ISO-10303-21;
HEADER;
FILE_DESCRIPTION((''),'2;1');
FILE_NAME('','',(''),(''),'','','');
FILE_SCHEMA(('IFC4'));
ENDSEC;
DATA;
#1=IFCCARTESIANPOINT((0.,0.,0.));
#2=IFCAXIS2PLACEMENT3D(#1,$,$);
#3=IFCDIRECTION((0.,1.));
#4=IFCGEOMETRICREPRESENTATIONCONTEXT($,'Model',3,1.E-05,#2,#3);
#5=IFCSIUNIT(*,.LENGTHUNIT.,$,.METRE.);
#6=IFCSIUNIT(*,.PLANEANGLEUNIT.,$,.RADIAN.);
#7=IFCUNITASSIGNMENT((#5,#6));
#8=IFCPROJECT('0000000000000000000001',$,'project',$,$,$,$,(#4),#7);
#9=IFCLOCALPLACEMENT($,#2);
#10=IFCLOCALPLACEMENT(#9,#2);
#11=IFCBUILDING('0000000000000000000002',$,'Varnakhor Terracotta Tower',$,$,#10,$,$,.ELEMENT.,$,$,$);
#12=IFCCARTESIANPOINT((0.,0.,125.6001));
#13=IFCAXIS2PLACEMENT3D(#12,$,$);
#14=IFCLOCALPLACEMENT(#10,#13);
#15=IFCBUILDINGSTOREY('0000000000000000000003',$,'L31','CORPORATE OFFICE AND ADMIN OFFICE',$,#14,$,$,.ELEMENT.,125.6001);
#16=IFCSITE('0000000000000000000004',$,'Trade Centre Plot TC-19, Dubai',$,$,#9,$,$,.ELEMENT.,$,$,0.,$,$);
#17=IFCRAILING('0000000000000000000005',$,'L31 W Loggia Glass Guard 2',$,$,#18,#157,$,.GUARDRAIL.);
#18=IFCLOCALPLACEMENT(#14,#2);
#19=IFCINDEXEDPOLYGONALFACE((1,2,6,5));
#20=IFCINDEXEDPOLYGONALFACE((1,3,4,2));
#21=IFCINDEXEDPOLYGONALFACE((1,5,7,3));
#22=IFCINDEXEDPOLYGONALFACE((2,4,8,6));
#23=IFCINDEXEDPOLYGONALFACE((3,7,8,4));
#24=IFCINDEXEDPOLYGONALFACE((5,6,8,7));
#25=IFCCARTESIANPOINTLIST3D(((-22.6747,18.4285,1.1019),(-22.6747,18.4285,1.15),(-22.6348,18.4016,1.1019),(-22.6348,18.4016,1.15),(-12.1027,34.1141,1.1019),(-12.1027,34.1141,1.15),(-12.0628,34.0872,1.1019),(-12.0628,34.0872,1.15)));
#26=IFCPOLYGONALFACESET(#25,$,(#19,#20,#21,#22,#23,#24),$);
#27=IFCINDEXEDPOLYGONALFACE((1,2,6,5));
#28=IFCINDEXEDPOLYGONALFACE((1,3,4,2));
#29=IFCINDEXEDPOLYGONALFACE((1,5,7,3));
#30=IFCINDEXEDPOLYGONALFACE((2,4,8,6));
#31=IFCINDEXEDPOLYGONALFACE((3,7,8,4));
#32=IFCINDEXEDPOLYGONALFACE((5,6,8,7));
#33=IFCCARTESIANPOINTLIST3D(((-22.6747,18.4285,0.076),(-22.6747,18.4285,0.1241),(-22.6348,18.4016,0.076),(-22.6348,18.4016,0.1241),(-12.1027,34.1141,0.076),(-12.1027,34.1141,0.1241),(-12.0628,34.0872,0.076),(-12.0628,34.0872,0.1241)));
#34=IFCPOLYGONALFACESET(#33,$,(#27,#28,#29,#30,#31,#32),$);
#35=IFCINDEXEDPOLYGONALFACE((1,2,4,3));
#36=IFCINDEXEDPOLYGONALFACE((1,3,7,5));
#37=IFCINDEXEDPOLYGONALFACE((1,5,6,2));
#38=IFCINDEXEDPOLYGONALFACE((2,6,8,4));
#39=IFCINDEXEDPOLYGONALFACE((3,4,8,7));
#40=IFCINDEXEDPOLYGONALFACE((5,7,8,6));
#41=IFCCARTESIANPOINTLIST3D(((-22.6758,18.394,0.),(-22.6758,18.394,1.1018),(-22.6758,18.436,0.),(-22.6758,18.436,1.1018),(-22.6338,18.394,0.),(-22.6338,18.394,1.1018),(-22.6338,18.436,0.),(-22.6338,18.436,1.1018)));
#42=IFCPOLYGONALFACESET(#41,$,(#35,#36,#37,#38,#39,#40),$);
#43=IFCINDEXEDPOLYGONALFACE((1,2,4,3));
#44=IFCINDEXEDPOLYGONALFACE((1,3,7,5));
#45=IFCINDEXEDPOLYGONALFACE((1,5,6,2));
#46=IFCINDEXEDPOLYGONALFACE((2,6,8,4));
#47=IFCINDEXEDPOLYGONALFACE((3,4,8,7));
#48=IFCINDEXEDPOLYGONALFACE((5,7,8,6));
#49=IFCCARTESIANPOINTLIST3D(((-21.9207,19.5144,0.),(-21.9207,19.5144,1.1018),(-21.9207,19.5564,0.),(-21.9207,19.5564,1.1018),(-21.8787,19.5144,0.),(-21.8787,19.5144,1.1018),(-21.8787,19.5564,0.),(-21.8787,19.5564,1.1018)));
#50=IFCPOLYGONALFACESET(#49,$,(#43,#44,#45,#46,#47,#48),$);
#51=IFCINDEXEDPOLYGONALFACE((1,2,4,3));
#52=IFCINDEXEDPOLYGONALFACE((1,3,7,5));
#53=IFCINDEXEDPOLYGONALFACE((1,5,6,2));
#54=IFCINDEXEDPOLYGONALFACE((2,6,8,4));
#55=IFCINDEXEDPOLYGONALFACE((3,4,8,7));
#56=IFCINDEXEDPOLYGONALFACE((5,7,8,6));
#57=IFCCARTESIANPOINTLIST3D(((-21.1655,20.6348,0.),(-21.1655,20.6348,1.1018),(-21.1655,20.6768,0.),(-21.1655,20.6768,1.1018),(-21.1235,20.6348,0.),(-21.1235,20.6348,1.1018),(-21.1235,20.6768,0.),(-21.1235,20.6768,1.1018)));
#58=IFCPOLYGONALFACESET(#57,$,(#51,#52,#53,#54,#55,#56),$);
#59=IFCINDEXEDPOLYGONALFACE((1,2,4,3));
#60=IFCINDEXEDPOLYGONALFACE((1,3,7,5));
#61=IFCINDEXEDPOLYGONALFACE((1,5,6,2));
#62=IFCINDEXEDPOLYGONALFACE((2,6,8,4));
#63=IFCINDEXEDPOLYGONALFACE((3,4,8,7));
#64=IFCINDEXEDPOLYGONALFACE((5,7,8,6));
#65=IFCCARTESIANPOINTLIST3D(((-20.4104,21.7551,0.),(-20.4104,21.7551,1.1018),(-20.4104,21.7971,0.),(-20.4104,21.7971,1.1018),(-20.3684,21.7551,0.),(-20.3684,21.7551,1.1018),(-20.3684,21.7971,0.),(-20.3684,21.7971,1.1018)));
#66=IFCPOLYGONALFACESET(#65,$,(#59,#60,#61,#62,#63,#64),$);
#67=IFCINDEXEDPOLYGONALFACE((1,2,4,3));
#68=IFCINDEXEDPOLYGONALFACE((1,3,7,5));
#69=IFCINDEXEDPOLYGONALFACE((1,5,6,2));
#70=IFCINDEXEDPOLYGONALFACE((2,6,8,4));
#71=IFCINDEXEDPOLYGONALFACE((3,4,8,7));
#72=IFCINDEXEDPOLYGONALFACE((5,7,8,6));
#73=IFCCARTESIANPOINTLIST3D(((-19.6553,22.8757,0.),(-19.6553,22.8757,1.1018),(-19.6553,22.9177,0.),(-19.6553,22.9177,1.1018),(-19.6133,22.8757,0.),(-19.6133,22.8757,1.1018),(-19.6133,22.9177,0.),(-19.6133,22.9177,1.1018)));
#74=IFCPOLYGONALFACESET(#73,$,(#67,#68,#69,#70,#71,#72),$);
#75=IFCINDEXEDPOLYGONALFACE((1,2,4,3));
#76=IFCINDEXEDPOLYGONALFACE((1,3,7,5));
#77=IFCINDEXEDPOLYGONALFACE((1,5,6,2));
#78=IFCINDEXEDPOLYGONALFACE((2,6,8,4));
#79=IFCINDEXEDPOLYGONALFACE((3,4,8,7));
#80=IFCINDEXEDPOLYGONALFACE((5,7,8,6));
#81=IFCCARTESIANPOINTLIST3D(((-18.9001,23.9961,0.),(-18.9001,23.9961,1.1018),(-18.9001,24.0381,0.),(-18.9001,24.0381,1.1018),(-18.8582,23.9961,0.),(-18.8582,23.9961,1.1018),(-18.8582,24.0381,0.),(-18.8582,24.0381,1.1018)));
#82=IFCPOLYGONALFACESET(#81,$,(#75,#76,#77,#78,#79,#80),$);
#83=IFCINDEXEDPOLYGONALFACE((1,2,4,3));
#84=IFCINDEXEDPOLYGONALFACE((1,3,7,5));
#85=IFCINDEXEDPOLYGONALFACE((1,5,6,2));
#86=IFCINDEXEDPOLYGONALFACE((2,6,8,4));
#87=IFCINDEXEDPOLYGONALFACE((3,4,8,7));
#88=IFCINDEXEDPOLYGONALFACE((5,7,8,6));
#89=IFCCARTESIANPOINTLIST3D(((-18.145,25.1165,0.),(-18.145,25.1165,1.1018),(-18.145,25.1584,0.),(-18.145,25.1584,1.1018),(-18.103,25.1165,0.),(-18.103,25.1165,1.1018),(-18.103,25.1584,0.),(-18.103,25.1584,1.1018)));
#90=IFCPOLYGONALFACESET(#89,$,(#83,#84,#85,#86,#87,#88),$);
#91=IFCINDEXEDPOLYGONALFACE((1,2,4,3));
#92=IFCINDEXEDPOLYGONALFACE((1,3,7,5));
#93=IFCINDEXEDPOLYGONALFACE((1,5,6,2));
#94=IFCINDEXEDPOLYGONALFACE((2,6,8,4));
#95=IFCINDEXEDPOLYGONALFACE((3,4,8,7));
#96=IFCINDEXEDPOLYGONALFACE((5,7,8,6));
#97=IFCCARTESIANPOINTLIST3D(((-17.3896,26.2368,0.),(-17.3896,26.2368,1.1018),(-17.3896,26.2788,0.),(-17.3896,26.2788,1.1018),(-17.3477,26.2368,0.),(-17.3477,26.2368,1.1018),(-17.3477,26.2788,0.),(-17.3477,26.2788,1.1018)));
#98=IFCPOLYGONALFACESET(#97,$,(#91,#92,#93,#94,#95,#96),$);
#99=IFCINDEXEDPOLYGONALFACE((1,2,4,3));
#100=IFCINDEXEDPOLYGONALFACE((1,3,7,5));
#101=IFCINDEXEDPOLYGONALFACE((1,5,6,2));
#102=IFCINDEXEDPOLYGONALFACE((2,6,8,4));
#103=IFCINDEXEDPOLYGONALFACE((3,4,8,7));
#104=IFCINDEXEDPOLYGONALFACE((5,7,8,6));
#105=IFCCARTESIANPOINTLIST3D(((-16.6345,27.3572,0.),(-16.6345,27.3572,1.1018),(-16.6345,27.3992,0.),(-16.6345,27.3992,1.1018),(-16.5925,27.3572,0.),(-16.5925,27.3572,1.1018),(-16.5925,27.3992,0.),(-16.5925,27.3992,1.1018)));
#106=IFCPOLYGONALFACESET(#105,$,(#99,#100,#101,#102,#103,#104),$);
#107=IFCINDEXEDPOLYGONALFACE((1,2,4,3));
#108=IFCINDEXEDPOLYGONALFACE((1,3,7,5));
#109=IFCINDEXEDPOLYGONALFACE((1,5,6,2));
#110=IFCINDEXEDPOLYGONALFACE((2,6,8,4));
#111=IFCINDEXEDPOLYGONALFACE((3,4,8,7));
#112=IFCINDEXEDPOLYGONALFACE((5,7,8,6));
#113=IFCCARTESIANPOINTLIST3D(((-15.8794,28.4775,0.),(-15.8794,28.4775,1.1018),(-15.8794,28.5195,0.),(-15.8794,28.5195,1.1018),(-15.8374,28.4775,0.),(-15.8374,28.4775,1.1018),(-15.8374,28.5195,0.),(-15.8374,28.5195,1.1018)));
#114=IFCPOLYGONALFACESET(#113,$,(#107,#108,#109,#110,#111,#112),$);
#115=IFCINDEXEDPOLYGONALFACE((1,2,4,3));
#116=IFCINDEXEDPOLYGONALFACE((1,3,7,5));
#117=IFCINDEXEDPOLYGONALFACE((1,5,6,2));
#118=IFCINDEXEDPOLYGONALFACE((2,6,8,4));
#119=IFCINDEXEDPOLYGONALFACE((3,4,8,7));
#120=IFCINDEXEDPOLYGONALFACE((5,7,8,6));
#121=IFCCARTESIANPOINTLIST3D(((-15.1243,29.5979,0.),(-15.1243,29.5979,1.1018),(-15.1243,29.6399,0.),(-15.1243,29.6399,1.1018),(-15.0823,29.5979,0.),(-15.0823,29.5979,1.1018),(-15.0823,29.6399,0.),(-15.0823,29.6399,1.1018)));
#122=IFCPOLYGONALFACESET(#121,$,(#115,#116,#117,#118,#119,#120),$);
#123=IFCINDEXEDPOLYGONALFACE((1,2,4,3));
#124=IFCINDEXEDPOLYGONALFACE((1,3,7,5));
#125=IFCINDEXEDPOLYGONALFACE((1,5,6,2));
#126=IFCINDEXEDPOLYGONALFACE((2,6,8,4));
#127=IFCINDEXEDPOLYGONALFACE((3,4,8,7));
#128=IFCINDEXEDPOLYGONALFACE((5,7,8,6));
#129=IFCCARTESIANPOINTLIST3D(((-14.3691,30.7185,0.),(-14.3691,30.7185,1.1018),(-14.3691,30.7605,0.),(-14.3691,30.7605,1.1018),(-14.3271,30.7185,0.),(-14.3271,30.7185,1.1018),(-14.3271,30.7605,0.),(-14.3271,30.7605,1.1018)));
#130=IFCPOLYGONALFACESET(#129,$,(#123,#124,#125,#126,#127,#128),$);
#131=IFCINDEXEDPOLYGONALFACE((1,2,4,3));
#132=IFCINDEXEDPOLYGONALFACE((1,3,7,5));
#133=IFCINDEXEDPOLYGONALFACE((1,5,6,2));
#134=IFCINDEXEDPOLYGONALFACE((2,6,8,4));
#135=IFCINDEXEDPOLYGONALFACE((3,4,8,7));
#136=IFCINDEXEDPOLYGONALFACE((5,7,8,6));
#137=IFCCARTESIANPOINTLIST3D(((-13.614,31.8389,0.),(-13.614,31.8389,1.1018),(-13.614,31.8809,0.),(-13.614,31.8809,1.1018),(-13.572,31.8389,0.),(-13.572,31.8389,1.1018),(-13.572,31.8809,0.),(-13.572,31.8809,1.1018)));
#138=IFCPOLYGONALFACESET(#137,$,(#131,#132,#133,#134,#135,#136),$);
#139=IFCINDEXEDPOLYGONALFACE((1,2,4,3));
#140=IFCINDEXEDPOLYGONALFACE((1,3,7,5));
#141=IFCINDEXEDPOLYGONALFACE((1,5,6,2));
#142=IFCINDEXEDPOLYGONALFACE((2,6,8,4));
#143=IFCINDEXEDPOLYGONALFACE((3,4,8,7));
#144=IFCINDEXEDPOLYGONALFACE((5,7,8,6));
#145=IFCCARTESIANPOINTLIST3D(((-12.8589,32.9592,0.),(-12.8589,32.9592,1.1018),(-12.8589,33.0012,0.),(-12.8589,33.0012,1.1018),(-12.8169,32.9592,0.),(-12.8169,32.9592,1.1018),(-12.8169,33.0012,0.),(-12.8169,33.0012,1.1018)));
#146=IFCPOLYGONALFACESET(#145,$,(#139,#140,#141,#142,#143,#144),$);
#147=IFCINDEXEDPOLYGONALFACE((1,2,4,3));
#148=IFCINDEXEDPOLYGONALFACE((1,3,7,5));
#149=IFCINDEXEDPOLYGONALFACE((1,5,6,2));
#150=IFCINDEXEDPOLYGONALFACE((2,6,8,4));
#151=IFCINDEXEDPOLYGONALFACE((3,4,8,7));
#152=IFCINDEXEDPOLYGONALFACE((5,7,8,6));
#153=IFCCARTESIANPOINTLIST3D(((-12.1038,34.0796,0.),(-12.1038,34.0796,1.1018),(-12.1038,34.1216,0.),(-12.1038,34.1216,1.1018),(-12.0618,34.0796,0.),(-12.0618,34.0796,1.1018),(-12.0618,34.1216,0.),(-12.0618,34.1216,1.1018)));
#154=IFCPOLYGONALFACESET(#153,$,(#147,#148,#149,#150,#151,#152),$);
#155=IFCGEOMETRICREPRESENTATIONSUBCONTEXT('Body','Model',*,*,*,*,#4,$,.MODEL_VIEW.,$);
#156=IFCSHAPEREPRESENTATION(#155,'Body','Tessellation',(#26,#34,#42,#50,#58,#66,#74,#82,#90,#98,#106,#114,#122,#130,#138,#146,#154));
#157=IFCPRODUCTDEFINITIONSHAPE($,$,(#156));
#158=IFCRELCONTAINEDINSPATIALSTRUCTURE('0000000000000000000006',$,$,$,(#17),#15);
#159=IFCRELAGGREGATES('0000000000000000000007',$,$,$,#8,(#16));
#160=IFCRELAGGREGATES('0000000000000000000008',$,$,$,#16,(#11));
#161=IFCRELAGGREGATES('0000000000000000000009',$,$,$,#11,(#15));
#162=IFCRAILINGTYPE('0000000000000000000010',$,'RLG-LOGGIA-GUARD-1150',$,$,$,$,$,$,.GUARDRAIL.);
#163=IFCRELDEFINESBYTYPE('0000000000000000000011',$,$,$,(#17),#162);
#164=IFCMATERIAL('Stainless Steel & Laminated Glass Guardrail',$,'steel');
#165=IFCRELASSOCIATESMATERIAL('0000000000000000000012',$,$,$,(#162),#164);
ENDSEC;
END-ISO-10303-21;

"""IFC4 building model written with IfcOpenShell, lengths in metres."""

from ifc_helpers import new_model, si_unit, direction, frame, origin, origin_2d, place, context, subcontext, project, spatial, rectangle, extrude, material, type_object, element, save


model = new_model("IFC4")

# Units and contexts
model_context = context("Model", 3, precision=1e-05, world=origin(), true_north=direction((0.0, 1.0)))
body_context = subcontext(model_context, "Body", "Model", "MODEL_VIEW")
ifc_project = project(units=[si_unit("LENGTHUNIT", "METRE"), si_unit("PLANEANGLEUNIT", "RADIAN")], contexts=[model_context])

# Site, building, storey
site_placement = place(None, origin())
site = spatial("IfcSite", under=ifc_project, at=site_placement, Name="Trade Centre Plot TC-19, Dubai", CompositionType="ELEMENT", RefElevation=0.0)
building_placement = place(site_placement, origin())
building = spatial("IfcBuilding", under=site, at=building_placement, Name="Varnakhor Terracotta Tower", CompositionType="ELEMENT")
storey_placement = place(building_placement, frame((0.0, 0.0, 125.6001)))
storey = spatial("IfcBuildingStorey", under=building, at=storey_placement, Name="L31", Description="CORPORATE OFFICE AND ADMIN OFFICE", CompositionType="ELEMENT", Elevation=125.6001)

# Railing
ifc_material_1 = material(Name="Stainless Steel & Laminated Glass Guardrail", Category="steel")
railing_type = type_object("IfcRailingType", Name="RLG-LOGGIA-GUARD-1150", PredefinedType="GUARDRAIL", material=ifc_material_1)
railing_1_placement = place(storey_placement, frame((-22.6548, 18.415, 0.0)))
element("IfcRailing", 1, at=railing_1_placement, inside=storey, type_object=railing_type, Name="L31 W Loggia Glass Guard 2", PredefinedType="GUARDRAIL", context=body_context, shape_type="SweptSolid", body=[
    extrude(rectangle(XDim=0.0481, YDim=0.0481, at=origin_2d()), frame((0.0, 0.0, 1.126), z_axis=(0.558902, 0.829234, 0.0), x_axis=(-0.829234, 0.558902, 0.0)), (0.0, 0.0, 1.0), 18.9158),
    extrude(rectangle(XDim=0.0481, YDim=0.0481, at=origin_2d()), frame((0.0, 0.0, 0.1001), z_axis=(0.558902, 0.829234, 0.0), x_axis=(-0.829234, 0.558902, 0.0)), (0.0, 0.0, 1.0), 18.9158),
    extrude(rectangle(XDim=0.042, YDim=0.042, at=origin_2d()), origin(), (0.0, 0.0, 1.0), 1.1018),
    extrude(rectangle(XDim=0.042, YDim=0.042, at=origin_2d()), frame((0.7551, 1.1204, 0.0)), (0.0, 0.0, 1.0), 1.1018),
    extrude(rectangle(XDim=0.042, YDim=0.042, at=origin_2d()), frame((1.5103, 2.2407, 0.0)), (0.0, 0.0, 1.0), 1.1018),
    extrude(rectangle(XDim=0.042, YDim=0.042, at=origin_2d()), frame((2.2654, 3.3611, 0.0)), (0.0, 0.0, 1.0), 1.1018),
    extrude(rectangle(XDim=0.042, YDim=0.042, at=origin_2d()), frame((3.0205, 4.4817, 0.0)), (0.0, 0.0, 1.0), 1.1018),
    extrude(rectangle(XDim=0.042, YDim=0.042, at=origin_2d()), frame((3.7756, 5.6021, 0.0)), (0.0, 0.0, 1.0), 1.1018),
    extrude(rectangle(XDim=0.042, YDim=0.042, at=origin_2d()), frame((4.5308, 6.7224, 0.0)), (0.0, 0.0, 1.0), 1.1018),
    extrude(rectangle(XDim=0.042, YDim=0.042, at=origin_2d()), frame((5.2861, 7.8428, 0.0)), (0.0, 0.0, 1.0), 1.1018),
    extrude(rectangle(XDim=0.042, YDim=0.042, at=origin_2d()), frame((6.0413, 8.9631, 0.0)), (0.0, 0.0, 1.0), 1.1018),
    extrude(rectangle(XDim=0.042, YDim=0.042, at=origin_2d()), frame((6.7964, 10.0835, 0.0)), (0.0, 0.0, 1.0), 1.1018),
    extrude(rectangle(XDim=0.042, YDim=0.042, at=origin_2d()), frame((7.5515, 11.2039, 0.0)), (0.0, 0.0, 1.0), 1.1018),
    extrude(rectangle(XDim=0.042, YDim=0.042, at=origin_2d()), frame((8.3066, 12.3245, 0.0)), (0.0, 0.0, 1.0), 1.1018),
    extrude(rectangle(XDim=0.042, YDim=0.042, at=origin_2d()), frame((9.0618, 13.4448, 0.0)), (0.0, 0.0, 1.0), 1.1018),
    extrude(rectangle(XDim=0.042, YDim=0.042, at=origin_2d()), frame((9.8169, 14.5652, 0.0)), (0.0, 0.0, 1.0), 1.1018),
    extrude(rectangle(XDim=0.042, YDim=0.042, at=origin_2d()), frame((10.572, 15.6855, 0.0)), (0.0, 0.0, 1.0), 1.1018),
])

save(model, "model.ifc")
